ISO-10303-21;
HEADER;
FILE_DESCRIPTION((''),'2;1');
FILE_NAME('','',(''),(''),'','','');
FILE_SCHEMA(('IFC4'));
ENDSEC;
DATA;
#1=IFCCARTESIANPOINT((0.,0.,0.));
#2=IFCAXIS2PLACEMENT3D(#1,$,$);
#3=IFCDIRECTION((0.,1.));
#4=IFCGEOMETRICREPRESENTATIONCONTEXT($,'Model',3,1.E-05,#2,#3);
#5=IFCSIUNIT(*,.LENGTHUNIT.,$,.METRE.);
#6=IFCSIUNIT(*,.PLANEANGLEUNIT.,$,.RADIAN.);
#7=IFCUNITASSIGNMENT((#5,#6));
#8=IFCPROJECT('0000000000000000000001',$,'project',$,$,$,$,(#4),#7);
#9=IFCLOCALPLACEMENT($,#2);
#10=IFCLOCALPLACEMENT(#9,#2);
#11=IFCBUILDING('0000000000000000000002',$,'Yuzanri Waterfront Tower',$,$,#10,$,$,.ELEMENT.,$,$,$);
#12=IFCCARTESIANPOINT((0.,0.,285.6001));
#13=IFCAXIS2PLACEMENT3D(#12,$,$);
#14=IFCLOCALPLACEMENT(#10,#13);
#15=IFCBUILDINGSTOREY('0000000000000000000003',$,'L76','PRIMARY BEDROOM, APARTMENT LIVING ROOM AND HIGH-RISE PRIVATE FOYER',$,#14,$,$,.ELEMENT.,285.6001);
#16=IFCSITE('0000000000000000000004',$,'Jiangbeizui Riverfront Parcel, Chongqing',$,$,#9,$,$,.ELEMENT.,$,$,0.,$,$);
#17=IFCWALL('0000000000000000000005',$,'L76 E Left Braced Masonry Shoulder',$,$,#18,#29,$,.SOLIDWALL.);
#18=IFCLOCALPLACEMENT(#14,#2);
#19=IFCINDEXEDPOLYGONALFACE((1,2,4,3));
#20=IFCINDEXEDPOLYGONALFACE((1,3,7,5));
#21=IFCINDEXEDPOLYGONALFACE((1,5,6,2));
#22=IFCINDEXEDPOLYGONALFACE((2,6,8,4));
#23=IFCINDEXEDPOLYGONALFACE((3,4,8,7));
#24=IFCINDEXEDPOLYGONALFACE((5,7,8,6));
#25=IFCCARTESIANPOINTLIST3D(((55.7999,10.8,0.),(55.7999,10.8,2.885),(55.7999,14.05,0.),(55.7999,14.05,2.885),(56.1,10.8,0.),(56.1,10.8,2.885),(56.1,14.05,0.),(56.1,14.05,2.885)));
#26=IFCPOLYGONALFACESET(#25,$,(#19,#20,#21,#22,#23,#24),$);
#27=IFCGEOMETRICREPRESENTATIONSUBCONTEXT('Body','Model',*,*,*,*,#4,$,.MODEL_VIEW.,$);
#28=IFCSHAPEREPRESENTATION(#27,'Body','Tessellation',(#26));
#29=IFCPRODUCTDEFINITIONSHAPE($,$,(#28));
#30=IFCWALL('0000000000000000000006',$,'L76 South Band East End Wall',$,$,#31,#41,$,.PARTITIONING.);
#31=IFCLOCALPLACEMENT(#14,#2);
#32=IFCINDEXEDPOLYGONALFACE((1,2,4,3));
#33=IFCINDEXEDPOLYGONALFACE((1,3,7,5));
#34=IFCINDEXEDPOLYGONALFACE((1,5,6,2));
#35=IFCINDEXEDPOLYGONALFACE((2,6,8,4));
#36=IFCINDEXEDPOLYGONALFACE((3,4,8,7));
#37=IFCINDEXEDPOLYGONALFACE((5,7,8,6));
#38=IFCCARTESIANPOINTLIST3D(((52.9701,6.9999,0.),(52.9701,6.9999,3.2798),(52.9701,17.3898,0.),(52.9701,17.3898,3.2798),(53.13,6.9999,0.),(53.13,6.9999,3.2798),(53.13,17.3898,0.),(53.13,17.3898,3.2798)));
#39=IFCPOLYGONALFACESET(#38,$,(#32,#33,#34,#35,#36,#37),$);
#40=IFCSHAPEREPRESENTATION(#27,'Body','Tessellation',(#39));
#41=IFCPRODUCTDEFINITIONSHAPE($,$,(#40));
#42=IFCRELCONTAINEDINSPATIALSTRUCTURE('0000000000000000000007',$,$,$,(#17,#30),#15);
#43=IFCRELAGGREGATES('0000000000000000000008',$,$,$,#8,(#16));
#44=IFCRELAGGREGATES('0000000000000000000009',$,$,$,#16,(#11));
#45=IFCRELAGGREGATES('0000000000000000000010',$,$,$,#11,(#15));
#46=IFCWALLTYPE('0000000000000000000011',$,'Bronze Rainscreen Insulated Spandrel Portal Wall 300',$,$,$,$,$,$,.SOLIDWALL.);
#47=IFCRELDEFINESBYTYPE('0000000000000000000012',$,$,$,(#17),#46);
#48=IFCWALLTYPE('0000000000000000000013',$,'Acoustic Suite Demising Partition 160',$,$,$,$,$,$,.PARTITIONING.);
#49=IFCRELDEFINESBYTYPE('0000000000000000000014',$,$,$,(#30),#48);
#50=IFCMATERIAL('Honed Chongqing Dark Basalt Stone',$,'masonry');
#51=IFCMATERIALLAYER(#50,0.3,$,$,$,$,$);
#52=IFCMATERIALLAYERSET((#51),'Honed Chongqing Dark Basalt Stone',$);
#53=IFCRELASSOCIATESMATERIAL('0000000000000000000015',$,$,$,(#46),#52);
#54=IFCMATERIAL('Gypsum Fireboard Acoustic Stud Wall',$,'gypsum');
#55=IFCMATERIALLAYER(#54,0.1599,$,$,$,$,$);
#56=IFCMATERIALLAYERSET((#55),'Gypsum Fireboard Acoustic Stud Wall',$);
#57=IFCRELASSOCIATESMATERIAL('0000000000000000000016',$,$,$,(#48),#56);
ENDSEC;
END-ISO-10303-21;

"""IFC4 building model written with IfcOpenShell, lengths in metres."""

from ifc_helpers import new_model, si_unit, direction, frame, frame_2d, origin, place, context, subcontext, project, spatial, rectangle, extrude, source, transform, mapped, material, layer, layer_set, type_object, element, save


model = new_model("IFC4")

# Units and contexts
model_context = context("Model", 3, precision=1e-05, world=origin(), true_north=direction((0.0, 1.0)))
body_context = subcontext(model_context, "Body", "Model", "MODEL_VIEW")
ifc_project = project(units=[si_unit("LENGTHUNIT", "METRE"), si_unit("PLANEANGLEUNIT", "RADIAN")], contexts=[model_context])

# Site, building, storey
site_placement = place(None, origin())
site = spatial("IfcSite", under=ifc_project, at=site_placement, Name="Jiangbeizui Riverfront Parcel, Chongqing", CompositionType="ELEMENT", RefElevation=0.0)
building_placement = place(site_placement, origin())
building = spatial("IfcBuilding", under=site, at=building_placement, Name="Yuzanri Waterfront Tower", CompositionType="ELEMENT")
storey_placement = place(building_placement, frame((0.0, 0.0, 285.6001)))
storey = spatial("IfcBuildingStorey", under=building, at=storey_placement, Name="L76", Description="PRIMARY BEDROOM, APARTMENT LIVING ROOM AND HIGH-RISE PRIVATE FOYER", CompositionType="ELEMENT", Elevation=285.6001)

# Shared definitions
ifc_material_1 = material(Name="Honed Chongqing Dark Basalt Stone", Category="masonry")
ifc_layer_1 = layer(ifc_material_1, 0.3)
ifc_layer_set_1 = layer_set([ifc_layer_1], Name="Honed Chongqing Dark Basalt Stone")
wall_type_1 = type_object("IfcWallType", Name="Bronze Rainscreen Insulated Spandrel Portal Wall 300", PredefinedType="SOLIDWALL", material=ifc_layer_set_1)

# Walls
shared_shape_1 = source(origin(), body_context, "Body", "SweptSolid", [
    extrude(rectangle(XDim=3.25, YDim=0.3, at=frame_2d((1.625, 0.0))), origin(), (0.0, 0.0, 1.0), 2.885),
])
for number, where, z_axis, x_axis, name in (
    (1, (55.95, 10.8, 0.0), (0.0, 0.0, 1.0), (0.0, 1.0, 0.0), "L76 E Left Braced Masonry Shoulder"),
):
    element("IfcWall", number, at=place(storey_placement, frame(where, z_axis=z_axis, x_axis=x_axis)), inside=storey, type_object=wall_type_1, Name=name, PredefinedType="SOLIDWALL", context=body_context, shape_type="MappedRepresentation", body=[
        mapped(shared_shape_1, transform((0.0, 0.0, 0.0), scale=1.0)),
    ])
ifc_material_2 = material(Name="Gypsum Fireboard Acoustic Stud Wall", Category="gypsum")
ifc_layer_2 = layer(ifc_material_2, 0.1599)
ifc_layer_set_2 = layer_set([ifc_layer_2], Name="Gypsum Fireboard Acoustic Stud Wall")
wall_type_2 = type_object("IfcWallType", Name="Acoustic Suite Demising Partition 160", PredefinedType="PARTITIONING", material=ifc_layer_set_2)
shared_shape_2 = source(origin(), body_context, "Body", "SweptSolid", [
    extrude(rectangle(XDim=10.3899, YDim=0.1599, at=frame_2d((5.1948, 0.0))), origin(), (0.0, 0.0, 1.0), 3.2798),
])
wall_1_placement = place(storey_placement, frame((53.05, 7.0, 0.0), z_axis=(0.0, 0.0, 1.0), x_axis=(0.0, 1.0, 0.0)))
element("IfcWall", 2, at=wall_1_placement, inside=storey, type_object=wall_type_2, Name="L76 South Band East End Wall", PredefinedType="PARTITIONING", context=body_context, shape_type="MappedRepresentation", body=[
    mapped(shared_shape_2, transform((0.0, 0.0, 0.0), scale=1.0)),
])

save(model, "model.ifc")
